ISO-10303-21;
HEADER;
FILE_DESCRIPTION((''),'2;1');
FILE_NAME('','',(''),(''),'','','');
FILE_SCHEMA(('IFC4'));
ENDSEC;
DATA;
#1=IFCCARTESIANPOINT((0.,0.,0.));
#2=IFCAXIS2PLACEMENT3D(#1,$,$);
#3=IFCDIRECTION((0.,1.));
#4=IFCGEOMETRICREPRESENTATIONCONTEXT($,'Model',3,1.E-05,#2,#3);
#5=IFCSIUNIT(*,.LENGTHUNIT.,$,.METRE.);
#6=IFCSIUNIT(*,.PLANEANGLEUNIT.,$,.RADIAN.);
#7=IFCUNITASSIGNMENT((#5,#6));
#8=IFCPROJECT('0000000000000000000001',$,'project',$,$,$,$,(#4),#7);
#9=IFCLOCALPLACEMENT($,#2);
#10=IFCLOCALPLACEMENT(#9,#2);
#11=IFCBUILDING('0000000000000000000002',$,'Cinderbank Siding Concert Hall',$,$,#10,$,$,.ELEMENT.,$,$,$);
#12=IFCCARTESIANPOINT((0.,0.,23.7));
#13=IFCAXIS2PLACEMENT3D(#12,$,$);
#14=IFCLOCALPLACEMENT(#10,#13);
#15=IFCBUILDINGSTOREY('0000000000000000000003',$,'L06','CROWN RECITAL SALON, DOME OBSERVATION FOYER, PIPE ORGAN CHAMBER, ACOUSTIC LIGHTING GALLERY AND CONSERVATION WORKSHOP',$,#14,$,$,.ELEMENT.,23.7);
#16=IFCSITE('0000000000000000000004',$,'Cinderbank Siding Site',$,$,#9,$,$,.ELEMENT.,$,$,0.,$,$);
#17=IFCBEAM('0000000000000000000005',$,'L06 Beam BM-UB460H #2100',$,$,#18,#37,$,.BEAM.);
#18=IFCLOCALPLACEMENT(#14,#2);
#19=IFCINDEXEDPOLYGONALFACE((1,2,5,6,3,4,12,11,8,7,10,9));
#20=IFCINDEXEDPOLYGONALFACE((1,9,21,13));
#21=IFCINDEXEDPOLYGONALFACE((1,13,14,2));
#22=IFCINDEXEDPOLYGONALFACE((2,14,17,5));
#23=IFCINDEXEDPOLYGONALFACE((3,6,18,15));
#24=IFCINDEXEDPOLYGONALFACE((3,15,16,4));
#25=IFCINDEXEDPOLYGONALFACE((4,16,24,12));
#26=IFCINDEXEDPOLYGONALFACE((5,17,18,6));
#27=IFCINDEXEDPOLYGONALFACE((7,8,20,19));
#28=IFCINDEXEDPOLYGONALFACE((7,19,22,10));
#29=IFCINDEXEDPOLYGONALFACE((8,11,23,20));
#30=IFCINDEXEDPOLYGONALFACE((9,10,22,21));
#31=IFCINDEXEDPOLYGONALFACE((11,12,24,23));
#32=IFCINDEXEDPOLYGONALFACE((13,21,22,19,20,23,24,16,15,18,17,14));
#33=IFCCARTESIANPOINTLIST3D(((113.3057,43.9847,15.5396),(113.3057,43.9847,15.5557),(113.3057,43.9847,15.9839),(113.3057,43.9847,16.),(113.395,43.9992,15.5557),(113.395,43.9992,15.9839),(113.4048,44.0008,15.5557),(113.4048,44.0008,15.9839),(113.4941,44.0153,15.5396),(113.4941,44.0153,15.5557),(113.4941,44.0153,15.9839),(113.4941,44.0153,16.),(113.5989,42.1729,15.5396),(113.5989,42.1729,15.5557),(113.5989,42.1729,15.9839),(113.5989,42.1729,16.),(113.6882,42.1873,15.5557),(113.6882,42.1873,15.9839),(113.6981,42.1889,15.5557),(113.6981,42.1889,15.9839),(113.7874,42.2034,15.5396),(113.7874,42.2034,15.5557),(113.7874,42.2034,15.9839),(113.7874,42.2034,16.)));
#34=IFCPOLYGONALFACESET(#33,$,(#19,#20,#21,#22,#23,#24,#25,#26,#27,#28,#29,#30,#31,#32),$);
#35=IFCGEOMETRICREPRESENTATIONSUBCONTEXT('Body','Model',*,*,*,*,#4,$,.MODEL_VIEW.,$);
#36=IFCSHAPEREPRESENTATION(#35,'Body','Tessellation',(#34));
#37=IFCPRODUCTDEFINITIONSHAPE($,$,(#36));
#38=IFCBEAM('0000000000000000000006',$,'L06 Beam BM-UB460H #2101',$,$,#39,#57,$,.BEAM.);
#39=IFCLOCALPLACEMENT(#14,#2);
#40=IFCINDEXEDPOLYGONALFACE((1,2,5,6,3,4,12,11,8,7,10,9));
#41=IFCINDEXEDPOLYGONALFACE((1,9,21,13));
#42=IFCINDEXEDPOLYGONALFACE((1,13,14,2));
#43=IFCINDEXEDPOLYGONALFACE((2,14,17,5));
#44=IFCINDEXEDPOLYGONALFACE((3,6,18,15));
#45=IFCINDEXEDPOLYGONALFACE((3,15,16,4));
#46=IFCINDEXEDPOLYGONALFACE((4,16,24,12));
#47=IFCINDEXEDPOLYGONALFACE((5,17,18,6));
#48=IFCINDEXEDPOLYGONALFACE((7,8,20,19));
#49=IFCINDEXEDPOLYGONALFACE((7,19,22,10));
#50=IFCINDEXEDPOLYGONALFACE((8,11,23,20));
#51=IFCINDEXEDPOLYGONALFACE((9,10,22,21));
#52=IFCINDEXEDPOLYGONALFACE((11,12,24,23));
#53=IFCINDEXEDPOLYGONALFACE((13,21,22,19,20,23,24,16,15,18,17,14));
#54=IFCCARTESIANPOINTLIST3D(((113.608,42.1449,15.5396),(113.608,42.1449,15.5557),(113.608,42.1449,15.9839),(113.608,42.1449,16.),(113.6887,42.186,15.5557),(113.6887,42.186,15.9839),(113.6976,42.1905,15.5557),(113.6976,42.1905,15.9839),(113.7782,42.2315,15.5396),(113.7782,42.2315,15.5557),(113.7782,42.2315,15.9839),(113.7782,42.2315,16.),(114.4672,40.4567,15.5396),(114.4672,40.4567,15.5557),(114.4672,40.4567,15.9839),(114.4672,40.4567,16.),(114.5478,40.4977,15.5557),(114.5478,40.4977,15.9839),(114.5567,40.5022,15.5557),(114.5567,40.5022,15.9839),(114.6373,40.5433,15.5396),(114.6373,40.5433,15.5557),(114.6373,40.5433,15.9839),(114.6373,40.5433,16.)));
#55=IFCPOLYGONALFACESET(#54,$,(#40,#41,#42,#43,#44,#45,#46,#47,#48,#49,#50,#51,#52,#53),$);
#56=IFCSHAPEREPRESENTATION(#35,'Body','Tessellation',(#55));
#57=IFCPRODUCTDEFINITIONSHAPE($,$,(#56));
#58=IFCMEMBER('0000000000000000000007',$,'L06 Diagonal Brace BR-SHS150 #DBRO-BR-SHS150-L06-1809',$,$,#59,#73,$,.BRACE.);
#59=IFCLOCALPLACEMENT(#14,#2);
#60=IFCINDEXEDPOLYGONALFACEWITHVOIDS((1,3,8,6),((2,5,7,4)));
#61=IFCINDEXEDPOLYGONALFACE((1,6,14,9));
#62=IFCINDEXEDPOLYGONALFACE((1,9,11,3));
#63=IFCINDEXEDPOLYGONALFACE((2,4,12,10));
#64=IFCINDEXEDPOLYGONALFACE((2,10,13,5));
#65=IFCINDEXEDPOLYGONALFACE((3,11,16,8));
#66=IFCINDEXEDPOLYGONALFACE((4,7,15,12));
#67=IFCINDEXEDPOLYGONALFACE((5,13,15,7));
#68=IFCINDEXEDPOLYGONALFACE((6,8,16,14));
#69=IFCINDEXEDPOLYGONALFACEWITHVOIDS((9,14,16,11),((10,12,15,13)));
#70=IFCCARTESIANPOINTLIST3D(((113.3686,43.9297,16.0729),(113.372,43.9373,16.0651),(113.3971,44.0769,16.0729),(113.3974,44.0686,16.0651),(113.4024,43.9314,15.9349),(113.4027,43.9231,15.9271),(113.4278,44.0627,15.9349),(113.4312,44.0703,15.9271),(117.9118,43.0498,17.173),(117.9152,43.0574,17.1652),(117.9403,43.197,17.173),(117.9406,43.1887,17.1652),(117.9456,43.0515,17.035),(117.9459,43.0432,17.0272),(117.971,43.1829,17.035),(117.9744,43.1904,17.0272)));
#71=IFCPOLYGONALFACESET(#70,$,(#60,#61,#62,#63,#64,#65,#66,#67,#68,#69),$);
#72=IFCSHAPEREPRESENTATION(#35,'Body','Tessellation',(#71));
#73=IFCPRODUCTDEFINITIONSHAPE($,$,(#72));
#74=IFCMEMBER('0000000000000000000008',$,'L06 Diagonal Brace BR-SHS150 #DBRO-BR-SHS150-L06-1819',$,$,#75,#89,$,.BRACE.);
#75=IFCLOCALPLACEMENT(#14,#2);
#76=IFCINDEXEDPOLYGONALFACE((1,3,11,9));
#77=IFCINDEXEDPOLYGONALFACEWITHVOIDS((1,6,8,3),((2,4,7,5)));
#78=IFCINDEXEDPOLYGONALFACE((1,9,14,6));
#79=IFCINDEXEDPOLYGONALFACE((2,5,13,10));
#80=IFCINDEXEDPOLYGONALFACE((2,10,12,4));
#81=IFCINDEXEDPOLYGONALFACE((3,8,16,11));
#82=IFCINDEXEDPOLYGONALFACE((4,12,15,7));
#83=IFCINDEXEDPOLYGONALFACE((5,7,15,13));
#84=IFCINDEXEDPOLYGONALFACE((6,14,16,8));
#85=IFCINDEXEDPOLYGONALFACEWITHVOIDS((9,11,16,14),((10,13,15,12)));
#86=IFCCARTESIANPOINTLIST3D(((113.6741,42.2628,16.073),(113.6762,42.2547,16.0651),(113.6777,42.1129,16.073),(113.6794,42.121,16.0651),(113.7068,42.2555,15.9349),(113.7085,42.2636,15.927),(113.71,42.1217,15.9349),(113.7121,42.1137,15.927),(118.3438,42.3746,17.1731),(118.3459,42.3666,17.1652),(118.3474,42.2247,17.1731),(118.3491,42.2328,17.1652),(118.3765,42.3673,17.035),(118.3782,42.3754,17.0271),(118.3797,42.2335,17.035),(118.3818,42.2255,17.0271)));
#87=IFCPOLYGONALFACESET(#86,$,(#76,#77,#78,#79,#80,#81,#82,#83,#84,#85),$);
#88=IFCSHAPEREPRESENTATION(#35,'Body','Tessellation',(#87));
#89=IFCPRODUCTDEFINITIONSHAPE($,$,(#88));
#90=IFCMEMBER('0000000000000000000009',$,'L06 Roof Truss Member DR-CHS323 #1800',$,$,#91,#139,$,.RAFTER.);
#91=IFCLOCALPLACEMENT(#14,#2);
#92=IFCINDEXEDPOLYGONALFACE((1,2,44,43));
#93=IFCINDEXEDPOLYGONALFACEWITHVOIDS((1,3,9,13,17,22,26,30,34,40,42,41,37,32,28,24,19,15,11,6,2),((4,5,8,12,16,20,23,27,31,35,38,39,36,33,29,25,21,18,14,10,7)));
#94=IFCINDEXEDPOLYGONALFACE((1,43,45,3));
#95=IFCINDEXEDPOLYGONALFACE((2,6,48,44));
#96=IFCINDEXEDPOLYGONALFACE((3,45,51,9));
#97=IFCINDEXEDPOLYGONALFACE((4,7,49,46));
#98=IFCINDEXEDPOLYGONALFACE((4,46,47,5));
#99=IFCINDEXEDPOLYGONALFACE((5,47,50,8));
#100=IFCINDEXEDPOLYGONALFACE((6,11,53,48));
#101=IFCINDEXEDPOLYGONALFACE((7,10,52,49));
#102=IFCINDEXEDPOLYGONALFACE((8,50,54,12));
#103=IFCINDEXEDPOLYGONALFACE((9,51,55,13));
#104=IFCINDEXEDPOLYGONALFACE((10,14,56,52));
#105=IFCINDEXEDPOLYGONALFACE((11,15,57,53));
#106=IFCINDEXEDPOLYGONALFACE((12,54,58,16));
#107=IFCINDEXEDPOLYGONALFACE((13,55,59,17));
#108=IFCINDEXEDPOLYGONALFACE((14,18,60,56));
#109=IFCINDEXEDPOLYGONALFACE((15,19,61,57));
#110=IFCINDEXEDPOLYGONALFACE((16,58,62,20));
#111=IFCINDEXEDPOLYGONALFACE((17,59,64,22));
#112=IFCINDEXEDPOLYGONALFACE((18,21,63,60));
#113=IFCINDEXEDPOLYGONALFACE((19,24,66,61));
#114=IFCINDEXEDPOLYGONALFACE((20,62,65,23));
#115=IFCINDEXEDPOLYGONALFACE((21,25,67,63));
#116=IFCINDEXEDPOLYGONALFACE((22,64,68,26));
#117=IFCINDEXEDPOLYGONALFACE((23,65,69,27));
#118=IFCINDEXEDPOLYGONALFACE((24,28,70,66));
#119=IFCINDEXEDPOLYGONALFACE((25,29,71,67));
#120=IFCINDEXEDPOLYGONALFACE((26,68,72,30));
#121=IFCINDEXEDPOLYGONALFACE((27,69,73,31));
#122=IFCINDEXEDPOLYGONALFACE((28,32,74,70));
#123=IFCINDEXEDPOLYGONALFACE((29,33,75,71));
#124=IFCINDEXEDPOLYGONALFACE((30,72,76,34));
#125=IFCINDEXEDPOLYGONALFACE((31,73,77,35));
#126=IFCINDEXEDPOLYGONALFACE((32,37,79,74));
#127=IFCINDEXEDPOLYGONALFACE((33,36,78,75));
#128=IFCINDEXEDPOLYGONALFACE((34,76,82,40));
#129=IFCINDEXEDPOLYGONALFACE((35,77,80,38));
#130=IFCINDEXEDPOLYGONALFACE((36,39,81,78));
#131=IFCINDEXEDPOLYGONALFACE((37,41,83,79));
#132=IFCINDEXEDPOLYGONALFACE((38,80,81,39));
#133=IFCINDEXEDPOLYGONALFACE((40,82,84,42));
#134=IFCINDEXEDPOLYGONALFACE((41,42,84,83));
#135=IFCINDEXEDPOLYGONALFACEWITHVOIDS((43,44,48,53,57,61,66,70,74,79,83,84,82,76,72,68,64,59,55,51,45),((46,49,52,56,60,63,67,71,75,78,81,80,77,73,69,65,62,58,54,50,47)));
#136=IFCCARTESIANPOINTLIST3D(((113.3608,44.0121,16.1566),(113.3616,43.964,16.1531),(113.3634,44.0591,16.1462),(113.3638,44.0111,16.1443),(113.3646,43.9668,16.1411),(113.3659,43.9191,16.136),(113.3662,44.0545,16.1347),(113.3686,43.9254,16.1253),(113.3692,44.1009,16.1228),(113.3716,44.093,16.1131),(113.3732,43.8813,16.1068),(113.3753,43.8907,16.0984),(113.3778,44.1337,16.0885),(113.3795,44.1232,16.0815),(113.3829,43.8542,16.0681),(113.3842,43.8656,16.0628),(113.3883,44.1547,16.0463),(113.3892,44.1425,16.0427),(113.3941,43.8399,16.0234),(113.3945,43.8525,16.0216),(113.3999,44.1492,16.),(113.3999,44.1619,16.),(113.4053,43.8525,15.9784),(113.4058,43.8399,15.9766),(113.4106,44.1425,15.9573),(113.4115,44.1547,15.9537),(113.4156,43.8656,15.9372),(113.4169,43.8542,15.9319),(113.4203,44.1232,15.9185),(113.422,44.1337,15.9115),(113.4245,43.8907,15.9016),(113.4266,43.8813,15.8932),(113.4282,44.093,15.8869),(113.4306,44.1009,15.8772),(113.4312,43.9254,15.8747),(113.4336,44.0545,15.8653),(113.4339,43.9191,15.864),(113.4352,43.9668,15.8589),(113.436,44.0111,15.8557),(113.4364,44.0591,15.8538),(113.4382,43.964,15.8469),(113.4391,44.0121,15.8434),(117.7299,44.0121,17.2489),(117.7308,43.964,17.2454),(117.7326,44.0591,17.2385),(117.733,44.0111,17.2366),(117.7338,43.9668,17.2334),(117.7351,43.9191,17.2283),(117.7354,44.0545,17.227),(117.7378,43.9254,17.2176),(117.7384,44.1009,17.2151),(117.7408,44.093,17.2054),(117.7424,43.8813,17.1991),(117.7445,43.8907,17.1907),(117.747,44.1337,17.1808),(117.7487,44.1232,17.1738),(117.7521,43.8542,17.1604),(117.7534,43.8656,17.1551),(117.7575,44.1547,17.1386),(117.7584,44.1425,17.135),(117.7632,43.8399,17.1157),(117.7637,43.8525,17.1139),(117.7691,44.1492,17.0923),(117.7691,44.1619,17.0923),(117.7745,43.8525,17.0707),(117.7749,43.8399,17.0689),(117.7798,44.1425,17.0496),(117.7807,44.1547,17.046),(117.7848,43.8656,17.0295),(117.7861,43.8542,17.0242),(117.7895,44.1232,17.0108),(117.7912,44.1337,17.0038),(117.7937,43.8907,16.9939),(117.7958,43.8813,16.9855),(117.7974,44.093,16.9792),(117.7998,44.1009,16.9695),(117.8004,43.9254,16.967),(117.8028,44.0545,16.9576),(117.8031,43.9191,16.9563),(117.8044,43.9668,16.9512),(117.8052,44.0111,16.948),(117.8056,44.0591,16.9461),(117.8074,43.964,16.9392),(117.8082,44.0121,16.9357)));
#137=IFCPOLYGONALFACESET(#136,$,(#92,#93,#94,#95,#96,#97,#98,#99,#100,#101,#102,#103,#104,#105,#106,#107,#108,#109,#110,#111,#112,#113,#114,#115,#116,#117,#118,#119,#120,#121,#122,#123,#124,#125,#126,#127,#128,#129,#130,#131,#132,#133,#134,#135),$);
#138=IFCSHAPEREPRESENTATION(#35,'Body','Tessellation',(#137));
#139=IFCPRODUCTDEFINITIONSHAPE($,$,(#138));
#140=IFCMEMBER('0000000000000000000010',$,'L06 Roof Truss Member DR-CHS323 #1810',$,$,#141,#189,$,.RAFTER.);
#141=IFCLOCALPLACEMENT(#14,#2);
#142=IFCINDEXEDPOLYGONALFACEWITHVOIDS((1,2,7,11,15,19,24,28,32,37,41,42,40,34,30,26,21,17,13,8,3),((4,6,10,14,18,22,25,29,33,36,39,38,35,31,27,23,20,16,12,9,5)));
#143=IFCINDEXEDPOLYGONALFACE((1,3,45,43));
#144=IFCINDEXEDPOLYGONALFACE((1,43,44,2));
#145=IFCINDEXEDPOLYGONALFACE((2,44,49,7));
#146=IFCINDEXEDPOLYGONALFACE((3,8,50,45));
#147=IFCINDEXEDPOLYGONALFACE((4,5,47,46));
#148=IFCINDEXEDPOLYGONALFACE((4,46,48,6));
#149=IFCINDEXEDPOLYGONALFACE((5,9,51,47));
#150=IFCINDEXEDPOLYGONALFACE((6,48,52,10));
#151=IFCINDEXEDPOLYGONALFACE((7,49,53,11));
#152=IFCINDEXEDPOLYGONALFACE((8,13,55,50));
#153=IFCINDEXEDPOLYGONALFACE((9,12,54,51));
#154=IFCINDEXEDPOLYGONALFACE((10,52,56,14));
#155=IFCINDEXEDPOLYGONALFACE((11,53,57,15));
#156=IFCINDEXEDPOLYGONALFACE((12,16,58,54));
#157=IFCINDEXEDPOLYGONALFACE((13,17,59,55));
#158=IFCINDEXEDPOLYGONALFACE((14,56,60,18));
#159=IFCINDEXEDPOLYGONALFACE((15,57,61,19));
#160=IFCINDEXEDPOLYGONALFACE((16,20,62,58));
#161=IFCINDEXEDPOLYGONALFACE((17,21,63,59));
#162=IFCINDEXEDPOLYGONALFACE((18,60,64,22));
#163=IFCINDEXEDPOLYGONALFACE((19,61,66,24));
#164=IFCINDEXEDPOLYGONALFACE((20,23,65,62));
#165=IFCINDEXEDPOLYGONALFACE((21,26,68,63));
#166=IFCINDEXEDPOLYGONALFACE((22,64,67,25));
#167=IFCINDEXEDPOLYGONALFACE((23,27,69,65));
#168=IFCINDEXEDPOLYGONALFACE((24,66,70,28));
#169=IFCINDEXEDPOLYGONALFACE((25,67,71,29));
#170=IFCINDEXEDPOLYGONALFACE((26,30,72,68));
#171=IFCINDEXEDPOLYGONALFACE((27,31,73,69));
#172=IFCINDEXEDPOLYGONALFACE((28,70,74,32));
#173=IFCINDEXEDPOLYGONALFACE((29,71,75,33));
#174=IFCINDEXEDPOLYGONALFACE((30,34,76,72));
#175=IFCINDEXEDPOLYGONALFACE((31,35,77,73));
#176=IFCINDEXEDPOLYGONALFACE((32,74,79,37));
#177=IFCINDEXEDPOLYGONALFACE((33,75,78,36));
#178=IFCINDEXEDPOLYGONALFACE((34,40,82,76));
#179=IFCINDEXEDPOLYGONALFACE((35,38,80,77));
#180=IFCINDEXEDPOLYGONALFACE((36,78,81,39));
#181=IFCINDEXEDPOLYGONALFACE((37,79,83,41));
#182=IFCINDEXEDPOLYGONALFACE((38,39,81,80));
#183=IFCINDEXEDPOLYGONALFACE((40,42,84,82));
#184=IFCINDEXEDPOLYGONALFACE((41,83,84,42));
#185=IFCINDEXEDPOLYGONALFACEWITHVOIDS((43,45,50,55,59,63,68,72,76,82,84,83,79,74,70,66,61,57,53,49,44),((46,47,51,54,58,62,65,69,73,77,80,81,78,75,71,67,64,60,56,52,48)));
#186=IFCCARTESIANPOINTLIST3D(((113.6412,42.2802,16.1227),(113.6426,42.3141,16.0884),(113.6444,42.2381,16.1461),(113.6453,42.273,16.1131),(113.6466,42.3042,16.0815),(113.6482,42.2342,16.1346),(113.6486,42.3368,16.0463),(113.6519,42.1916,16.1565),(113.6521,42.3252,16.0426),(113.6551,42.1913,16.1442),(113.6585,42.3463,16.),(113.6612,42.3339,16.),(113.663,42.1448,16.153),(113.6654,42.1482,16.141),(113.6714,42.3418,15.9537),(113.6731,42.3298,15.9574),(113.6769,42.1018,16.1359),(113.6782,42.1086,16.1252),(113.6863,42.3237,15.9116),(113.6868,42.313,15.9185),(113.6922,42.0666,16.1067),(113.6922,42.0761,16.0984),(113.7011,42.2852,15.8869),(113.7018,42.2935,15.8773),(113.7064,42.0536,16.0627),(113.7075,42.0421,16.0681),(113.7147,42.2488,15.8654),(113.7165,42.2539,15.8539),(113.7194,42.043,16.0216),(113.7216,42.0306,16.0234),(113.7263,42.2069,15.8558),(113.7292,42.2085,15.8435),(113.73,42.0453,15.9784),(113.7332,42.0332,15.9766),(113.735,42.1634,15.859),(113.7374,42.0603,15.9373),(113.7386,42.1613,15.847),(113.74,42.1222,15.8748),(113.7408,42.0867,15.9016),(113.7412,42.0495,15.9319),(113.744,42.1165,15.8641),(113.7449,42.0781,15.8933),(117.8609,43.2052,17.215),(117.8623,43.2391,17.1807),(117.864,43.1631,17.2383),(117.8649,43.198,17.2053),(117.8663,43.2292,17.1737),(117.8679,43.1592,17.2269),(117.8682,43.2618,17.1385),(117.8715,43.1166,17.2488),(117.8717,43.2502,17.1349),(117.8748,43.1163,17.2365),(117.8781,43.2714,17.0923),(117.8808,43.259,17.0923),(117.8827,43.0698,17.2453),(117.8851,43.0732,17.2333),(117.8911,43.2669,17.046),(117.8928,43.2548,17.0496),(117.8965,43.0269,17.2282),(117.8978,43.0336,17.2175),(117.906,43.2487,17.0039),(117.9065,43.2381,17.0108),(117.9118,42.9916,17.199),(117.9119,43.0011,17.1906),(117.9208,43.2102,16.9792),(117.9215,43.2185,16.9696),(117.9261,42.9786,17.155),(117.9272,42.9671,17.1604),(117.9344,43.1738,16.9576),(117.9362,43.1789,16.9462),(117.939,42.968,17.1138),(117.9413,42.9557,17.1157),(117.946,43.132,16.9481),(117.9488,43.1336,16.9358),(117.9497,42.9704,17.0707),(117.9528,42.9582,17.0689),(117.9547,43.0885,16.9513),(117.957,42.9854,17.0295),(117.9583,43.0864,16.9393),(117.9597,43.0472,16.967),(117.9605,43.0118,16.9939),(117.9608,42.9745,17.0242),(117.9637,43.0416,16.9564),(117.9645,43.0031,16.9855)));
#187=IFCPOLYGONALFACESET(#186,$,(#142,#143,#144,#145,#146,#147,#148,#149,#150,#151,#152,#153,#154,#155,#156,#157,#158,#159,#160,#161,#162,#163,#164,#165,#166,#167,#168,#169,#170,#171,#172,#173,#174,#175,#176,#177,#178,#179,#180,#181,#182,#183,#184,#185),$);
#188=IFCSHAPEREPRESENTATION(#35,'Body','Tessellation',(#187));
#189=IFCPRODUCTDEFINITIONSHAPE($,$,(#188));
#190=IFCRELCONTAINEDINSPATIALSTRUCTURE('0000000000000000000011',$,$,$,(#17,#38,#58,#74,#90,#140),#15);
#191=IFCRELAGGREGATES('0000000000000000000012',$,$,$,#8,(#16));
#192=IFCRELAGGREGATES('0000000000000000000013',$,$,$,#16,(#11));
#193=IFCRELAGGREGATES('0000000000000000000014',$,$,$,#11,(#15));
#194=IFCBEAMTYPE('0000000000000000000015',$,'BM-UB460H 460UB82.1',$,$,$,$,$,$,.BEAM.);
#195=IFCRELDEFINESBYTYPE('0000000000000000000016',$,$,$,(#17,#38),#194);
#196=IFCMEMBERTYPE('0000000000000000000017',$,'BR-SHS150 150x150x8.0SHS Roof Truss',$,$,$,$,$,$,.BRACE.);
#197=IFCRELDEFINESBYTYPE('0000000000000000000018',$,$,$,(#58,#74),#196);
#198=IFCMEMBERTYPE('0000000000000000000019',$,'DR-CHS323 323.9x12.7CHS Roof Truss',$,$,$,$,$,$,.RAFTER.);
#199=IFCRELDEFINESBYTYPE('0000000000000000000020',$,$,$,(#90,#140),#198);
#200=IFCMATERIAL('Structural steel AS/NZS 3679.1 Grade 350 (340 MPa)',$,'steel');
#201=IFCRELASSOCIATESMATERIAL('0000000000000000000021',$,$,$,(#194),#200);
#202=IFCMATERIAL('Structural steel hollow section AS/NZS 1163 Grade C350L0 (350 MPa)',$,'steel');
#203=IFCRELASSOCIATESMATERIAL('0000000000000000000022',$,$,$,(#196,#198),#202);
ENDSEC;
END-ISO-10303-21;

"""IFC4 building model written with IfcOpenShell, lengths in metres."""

from ifc_helpers import new_model, si_unit, direction, frame, origin, origin_2d, place, context, subcontext, project, spatial, hollow_rectangle, hollow_circle, i_section, extrude, material, material_profile, profile_set, type_object, element, save


model = new_model("IFC4")

# Units and contexts
model_context = context("Model", 3, precision=1e-05, world=origin(), true_north=direction((0.0, 1.0)))
body_context = subcontext(model_context, "Body", "Model", "MODEL_VIEW")
ifc_project = project(units=[si_unit("LENGTHUNIT", "METRE"), si_unit("PLANEANGLEUNIT", "RADIAN")], contexts=[model_context])

# Site, building, storey
site_placement = place(None, origin())
site = spatial("IfcSite", under=ifc_project, at=site_placement, Name="Cinderbank Siding Site", CompositionType="ELEMENT", RefElevation=0.0)
building_placement = place(site_placement, origin())
building = spatial("IfcBuilding", under=site, at=building_placement, Name="Cinderbank Siding Concert Hall", CompositionType="ELEMENT")
storey_placement = place(building_placement, frame((0.0, 0.0, 23.7)))
storey = spatial("IfcBuildingStorey", under=building, at=storey_placement, Name="L06", Description="CROWN RECITAL SALON, DOME OBSERVATION FOYER, PIPE ORGAN CHAMBER, ACOUSTIC LIGHTING GALLERY AND CONSERVATION WORKSHOP", CompositionType="ELEMENT", Elevation=23.7)

# Beams
ifc_material_1 = material(Name="Structural steel AS/NZS 3679.1 Grade 350 (340 MPa)", Category="steel")
ifc_material_profile_1 = material_profile(ifc_material_1, i_section(OverallWidth=0.1909, OverallDepth=0.4604, WebThickness=0.01, FlangeThickness=0.0161, at=origin_2d()), Name="460UB82.1", Category="LoadBearing")
ifc_profile_set_1 = profile_set([ifc_material_profile_1], Name="Structural steel AS/NZS 3679.1 Grade 350 (340 MPa)")
beam_type = type_object("IfcBeamType", Name="BM-UB460H 460UB82.1", PredefinedType="BEAM", material=ifc_profile_set_1)
beam_1_placement = place(storey_placement, frame((113.3999, 44.0, 15.7698), z_axis=(0.159759, -0.987156, 0.0), x_axis=(0.987156, 0.159759, 0.0)))
element("IfcBeam", 1, at=beam_1_placement, inside=storey, type_object=beam_type, Name="L06 Beam BM-UB460H #2100", PredefinedType="BEAM", context=body_context, shape_type="SweptSolid", body=[
    extrude(i_section(OverallWidth=0.1909, OverallDepth=0.4604, WebThickness=0.01, FlangeThickness=0.0161, at=origin_2d()), origin(), (0.0, 0.0, 1.0), 1.8354),
])
beam_2_placement = place(storey_placement, frame((113.6931, 42.1882, 15.7698), z_axis=(0.453543, -0.891234, 0.0), x_axis=(0.891234, 0.453543, 0.0)))
element("IfcBeam", 2, at=beam_2_placement, inside=storey, type_object=beam_type, Name="L06 Beam BM-UB460H #2101", PredefinedType="BEAM", context=body_context, shape_type="SweptSolid", body=[
    extrude(i_section(OverallWidth=0.1909, OverallDepth=0.4604, WebThickness=0.01, FlangeThickness=0.0161, at=origin_2d()), origin(), (0.0, 0.0, 1.0), 1.8943),
])

# Members
ifc_material_2 = material(Name="Structural steel hollow section AS/NZS 1163 Grade C350L0 (350 MPa)", Category="steel")
ifc_material_profile_2 = material_profile(ifc_material_2, hollow_rectangle(XDim=0.1499, YDim=0.1499, WallThickness=0.0081, at=origin_2d()), Name="150x150x8.0SHS", Category="LoadBearing")
ifc_profile_set_2 = profile_set([ifc_material_profile_2], Name="Structural steel hollow section AS/NZS 1163 Grade C350L0 (350 MPa)")
member_type_1 = type_object("IfcMemberType", Name="BR-SHS150 150x150x8.0SHS Roof Truss", PredefinedType="BRACE", material=ifc_profile_set_2)
member_1_placement = place(storey_placement, frame((113.3999, 44.0, 16.0), z_axis=(0.95514, -0.184982, 0.231278), x_axis=(0.190137, 0.981758, 0.0)))
element("IfcMember", 3, at=member_1_placement, inside=storey, type_object=member_type_1, Name="L06 Diagonal Brace BR-SHS150 #DBRO-BR-SHS150-L06-1809", PredefinedType="BRACE", context=body_context, shape_type="SweptSolid", body=[
    extrude(hollow_rectangle(XDim=0.1499, YDim=0.1499, WallThickness=0.0081, at=origin_2d()), origin(), (0.0, 0.0, 1.0), 4.7566),
])
member_2_placement = place(storey_placement, frame((113.6931, 42.1882, 16.0), z_axis=(0.97309, 0.023301, 0.229244), x_axis=(-0.023938, 0.999713, 0.0)))
element("IfcMember", 4, at=member_2_placement, inside=storey, type_object=member_type_1, Name="L06 Diagonal Brace BR-SHS150 #DBRO-BR-SHS150-L06-1819", PredefinedType="BRACE", context=body_context, shape_type="SweptSolid", body=[
    extrude(hollow_rectangle(XDim=0.1499, YDim=0.1499, WallThickness=0.0081, at=origin_2d()), origin(), (0.0, 0.0, 1.0), 4.7988),
])
ifc_material_profile_3 = material_profile(ifc_material_2, hollow_circle(Radius=0.1619, WallThickness=0.0127, at=origin_2d()), Name="323.9x12.7CHS", Category="LoadBearing")
ifc_profile_set_3 = profile_set([ifc_material_profile_3], Name="Structural steel hollow section AS/NZS 1163 Grade C350L0 (350 MPa)")
member_type_2 = type_object("IfcMemberType", Name="DR-CHS323 323.9x12.7CHS Roof Truss", PredefinedType="RAFTER", material=ifc_profile_set_3)
member_3_placement = place(storey_placement, frame((113.3999, 44.0, 16.0), z_axis=(0.970143, 0.0, 0.242536), x_axis=(0.0, 1.0, 0.0)))
element("IfcMember", 5, at=member_3_placement, inside=storey, type_object=member_type_2, Name="L06 Roof Truss Member DR-CHS323 #1800", PredefinedType="RAFTER", context=body_context, shape_type="SweptSolid", body=[
    extrude(hollow_circle(Radius=0.1619, WallThickness=0.0127, at=origin_2d()), origin(), (0.0, 0.0, 1.0), 4.5037),
])
member_4_placement = place(storey_placement, frame((113.6931, 42.1882, 16.0), z_axis=(0.947001, 0.207602, 0.245133), x_axis=(-0.214135, 0.976804, 0.0)))
element("IfcMember", 6, at=member_4_placement, inside=storey, type_object=member_type_2, Name="L06 Roof Truss Member DR-CHS323 #1810", PredefinedType="RAFTER", context=body_context, shape_type="SweptSolid", body=[
    extrude(hollow_circle(Radius=0.1619, WallThickness=0.0127, at=origin_2d()), origin(), (0.0, 0.0, 1.0), 4.4558),
])

save(model, "model.ifc")
